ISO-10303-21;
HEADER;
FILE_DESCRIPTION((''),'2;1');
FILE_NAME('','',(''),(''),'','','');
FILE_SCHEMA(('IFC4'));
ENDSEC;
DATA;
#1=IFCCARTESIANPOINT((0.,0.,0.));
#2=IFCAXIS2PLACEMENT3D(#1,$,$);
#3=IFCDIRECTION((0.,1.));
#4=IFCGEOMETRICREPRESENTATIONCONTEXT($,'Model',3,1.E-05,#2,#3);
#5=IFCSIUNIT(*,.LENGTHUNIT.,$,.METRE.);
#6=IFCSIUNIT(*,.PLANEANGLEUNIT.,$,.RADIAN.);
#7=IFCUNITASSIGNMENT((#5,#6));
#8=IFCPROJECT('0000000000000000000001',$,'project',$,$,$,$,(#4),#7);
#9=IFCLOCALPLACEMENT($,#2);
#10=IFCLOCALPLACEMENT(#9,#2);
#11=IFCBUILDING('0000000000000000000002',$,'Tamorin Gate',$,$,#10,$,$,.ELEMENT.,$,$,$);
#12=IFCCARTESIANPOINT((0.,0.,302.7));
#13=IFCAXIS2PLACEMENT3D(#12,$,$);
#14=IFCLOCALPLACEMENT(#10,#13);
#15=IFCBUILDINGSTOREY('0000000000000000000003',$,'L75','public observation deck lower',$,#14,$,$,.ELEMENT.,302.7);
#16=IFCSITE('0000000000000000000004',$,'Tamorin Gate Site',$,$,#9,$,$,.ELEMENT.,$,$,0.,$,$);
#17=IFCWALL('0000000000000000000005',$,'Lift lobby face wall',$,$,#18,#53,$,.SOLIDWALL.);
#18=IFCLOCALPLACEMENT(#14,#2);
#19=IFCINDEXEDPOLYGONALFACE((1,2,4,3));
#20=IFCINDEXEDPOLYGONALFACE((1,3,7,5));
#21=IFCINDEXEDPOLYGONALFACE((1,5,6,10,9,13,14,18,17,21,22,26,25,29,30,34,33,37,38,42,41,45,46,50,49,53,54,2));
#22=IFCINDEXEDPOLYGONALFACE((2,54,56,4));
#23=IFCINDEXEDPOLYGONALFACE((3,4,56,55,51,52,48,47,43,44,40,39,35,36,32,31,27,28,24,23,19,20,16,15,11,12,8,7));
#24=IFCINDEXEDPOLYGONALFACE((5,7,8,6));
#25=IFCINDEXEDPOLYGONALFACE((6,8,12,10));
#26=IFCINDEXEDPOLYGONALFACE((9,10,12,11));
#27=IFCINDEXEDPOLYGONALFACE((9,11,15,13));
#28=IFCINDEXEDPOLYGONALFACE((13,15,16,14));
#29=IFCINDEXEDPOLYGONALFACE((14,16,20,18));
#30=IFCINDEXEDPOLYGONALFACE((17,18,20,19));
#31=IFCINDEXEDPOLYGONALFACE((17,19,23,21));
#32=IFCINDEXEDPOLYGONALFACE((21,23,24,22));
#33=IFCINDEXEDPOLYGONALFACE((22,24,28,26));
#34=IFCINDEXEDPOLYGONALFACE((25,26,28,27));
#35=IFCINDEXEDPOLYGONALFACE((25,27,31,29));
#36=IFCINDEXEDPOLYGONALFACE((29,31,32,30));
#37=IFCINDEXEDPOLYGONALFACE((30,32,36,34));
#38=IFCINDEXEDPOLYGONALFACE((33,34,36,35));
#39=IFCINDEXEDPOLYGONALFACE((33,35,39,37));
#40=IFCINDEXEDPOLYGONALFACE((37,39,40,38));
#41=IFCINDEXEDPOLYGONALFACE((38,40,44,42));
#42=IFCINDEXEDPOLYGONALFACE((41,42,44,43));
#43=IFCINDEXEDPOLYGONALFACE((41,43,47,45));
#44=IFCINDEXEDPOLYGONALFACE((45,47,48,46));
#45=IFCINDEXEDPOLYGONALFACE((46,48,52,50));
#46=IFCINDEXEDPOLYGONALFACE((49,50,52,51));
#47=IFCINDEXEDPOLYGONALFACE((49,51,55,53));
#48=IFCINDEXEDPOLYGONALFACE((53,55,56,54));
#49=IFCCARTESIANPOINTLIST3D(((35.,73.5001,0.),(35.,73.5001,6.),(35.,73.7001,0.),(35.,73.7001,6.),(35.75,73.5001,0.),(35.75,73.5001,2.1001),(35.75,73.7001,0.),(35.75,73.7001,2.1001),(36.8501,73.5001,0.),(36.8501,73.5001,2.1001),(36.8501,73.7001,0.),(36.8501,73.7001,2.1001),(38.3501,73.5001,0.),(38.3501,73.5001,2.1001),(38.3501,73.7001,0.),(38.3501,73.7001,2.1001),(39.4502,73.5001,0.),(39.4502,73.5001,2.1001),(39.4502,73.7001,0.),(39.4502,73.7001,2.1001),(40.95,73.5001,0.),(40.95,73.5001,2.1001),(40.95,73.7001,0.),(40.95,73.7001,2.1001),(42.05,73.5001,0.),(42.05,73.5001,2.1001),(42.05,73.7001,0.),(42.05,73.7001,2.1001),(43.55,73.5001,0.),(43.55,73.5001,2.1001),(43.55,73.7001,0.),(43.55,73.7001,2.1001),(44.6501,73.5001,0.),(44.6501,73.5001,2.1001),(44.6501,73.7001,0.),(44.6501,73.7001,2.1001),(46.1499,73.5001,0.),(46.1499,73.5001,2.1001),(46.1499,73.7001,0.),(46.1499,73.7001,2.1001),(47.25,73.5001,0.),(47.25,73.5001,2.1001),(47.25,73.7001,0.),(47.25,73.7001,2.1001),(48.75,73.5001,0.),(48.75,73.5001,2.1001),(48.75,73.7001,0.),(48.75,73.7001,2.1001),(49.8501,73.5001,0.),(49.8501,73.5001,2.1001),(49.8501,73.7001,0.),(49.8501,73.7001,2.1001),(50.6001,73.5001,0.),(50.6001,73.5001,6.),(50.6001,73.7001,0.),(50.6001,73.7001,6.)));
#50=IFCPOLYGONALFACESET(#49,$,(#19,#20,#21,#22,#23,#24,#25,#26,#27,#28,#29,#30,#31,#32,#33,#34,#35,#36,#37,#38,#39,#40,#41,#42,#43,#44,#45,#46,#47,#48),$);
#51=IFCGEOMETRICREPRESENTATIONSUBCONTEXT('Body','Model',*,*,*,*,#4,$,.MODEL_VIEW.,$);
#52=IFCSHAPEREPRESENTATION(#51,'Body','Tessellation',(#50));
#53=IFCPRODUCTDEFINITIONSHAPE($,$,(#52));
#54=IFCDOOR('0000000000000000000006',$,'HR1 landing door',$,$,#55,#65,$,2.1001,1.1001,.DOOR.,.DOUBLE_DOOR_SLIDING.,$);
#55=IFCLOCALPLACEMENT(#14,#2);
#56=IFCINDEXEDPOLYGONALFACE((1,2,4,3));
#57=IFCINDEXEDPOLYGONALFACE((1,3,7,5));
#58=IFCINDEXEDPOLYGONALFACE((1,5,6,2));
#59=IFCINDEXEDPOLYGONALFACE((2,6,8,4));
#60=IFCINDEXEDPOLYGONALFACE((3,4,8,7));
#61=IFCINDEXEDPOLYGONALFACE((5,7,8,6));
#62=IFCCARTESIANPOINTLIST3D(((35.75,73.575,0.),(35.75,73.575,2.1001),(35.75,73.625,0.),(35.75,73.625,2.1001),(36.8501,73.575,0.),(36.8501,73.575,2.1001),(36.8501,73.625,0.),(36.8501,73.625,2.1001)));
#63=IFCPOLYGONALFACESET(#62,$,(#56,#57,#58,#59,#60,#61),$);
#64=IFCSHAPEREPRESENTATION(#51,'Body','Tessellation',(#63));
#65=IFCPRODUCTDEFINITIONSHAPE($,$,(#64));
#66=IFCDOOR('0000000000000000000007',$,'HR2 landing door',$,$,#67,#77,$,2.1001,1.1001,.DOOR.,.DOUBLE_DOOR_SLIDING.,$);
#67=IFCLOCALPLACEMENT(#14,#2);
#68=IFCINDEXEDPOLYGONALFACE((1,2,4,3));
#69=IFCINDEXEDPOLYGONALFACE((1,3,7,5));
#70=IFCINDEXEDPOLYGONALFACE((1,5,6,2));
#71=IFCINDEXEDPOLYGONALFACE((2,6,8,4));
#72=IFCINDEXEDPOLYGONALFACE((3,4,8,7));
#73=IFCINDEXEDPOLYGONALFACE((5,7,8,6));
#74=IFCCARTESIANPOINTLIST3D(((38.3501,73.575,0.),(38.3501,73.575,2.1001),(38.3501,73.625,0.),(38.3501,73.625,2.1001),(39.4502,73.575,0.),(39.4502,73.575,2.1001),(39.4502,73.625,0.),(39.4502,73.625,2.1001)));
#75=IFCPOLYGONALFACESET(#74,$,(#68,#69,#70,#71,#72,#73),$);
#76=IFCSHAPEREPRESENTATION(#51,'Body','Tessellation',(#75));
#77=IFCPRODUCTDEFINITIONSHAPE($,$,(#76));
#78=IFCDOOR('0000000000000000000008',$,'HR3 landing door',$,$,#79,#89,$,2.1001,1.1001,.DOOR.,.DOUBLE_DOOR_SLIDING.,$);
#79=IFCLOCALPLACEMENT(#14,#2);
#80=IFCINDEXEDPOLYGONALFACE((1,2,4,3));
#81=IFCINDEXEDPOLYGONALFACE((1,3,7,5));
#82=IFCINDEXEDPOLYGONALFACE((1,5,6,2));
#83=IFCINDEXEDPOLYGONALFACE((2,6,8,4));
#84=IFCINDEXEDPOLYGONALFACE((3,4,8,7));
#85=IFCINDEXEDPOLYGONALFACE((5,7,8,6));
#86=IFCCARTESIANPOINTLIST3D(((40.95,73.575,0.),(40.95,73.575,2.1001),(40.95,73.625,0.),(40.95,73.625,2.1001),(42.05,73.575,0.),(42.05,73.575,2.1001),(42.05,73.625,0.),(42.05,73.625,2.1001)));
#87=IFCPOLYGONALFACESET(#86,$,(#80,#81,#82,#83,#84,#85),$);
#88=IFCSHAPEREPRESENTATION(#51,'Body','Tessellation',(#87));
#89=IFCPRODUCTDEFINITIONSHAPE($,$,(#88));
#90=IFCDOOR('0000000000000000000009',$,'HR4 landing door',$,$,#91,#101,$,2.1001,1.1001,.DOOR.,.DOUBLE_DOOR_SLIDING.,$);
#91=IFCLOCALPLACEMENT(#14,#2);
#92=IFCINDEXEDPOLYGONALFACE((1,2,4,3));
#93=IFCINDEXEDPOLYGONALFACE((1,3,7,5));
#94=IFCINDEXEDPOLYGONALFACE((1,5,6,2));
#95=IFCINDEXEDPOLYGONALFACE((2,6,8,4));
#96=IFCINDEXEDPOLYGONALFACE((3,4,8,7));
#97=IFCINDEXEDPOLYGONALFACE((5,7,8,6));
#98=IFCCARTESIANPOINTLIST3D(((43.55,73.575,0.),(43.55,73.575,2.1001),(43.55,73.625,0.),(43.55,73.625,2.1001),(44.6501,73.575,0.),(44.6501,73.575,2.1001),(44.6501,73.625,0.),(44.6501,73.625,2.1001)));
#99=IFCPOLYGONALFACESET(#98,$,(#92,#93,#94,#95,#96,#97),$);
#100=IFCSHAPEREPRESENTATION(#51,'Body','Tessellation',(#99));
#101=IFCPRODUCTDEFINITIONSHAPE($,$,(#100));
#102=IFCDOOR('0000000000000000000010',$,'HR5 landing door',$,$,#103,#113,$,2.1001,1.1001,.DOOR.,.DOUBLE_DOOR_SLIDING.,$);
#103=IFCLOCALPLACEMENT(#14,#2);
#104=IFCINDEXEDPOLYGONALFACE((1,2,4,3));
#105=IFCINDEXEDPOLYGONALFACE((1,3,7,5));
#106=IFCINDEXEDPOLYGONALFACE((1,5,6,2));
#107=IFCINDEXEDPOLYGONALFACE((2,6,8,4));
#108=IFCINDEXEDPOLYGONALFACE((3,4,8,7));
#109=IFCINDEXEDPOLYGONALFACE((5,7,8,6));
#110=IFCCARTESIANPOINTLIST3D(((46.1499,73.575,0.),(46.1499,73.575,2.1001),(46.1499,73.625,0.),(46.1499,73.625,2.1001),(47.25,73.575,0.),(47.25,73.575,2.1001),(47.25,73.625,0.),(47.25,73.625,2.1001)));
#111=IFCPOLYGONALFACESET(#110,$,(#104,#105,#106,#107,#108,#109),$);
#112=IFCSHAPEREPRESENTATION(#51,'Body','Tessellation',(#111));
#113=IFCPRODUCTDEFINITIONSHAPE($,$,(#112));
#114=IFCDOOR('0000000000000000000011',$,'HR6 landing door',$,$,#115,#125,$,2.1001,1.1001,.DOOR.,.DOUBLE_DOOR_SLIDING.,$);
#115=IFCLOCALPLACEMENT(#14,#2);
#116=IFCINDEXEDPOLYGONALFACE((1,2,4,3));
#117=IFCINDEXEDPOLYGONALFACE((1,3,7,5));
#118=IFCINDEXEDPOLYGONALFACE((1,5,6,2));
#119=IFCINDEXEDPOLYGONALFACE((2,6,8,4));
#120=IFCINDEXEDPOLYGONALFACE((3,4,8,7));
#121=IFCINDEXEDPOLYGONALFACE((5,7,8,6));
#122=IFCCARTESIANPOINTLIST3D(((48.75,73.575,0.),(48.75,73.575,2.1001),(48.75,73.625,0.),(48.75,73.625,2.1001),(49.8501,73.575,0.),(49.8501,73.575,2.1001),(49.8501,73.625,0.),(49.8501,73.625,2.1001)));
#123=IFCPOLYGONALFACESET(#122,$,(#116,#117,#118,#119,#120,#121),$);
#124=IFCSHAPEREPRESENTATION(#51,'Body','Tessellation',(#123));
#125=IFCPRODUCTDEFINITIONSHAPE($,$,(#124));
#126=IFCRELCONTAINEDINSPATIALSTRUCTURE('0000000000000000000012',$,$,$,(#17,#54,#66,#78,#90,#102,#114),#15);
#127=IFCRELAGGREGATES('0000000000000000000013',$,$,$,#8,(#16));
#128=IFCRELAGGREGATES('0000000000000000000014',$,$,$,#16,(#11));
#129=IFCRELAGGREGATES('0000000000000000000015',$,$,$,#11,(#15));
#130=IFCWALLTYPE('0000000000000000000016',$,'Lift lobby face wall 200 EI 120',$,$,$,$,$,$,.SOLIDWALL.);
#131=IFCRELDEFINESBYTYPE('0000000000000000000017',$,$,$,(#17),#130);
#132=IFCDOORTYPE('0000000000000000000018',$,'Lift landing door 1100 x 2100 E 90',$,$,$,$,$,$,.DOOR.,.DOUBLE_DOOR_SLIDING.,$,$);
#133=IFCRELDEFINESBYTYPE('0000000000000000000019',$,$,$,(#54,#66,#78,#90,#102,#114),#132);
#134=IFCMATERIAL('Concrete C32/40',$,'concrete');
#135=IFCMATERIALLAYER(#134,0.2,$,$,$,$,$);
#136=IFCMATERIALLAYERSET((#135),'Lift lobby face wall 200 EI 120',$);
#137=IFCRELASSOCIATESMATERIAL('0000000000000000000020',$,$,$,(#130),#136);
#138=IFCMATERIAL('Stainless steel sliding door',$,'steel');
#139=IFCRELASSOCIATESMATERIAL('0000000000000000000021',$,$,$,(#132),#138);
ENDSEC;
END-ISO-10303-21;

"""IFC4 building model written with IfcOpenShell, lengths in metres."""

from ifc_helpers import new_model, si_unit, direction, frame, frame_2d, origin, place, context, subcontext, project, spatial, rectangle, extrude, material, layer, layer_set, type_object, element, fill, save


model = new_model("IFC4")

# Units and contexts
model_context = context("Model", 3, precision=1e-05, world=origin(), true_north=direction((0.0, 1.0)))
body_context = subcontext(model_context, "Body", "Model", "MODEL_VIEW")
ifc_project = project(units=[si_unit("LENGTHUNIT", "METRE"), si_unit("PLANEANGLEUNIT", "RADIAN")], contexts=[model_context])

# Site, building, storey
site_placement = place(None, origin())
site = spatial("IfcSite", under=ifc_project, at=site_placement, Name="Tamorin Gate Site", CompositionType="ELEMENT", RefElevation=0.0)
building_placement = place(site_placement, origin())
building = spatial("IfcBuilding", under=site, at=building_placement, Name="Tamorin Gate", CompositionType="ELEMENT")
storey_placement = place(building_placement, frame((0.0, 0.0, 302.7)))
storey = spatial("IfcBuildingStorey", under=building, at=storey_placement, Name="L75", Description="public observation deck lower", CompositionType="ELEMENT", Elevation=302.7)

# Wall, openings, doors
ifc_material_1 = material(Name="Concrete C32/40", Category="concrete")
ifc_layer_1 = layer(ifc_material_1, 0.2)
ifc_layer_set_1 = layer_set([ifc_layer_1], Name="Lift lobby face wall 200 EI 120")
wall_type_1 = type_object("IfcWallType", Name="Lift lobby face wall 200 EI 120", PredefinedType="SOLIDWALL", material=ifc_layer_set_1)
wall_1_placement = place(storey_placement, frame((35.0, 73.6001, 0.0), z_axis=(0.0, 0.0, 1.0), x_axis=(1.0, 0.0, 0.0)))
wall_1 = element("IfcWall", 1, at=wall_1_placement, inside=storey, type_object=wall_type_1, Name="Lift lobby face wall", PredefinedType="SOLIDWALL", context=body_context, shape_type="SweptSolid", body=[
    extrude(rectangle(XDim=15.6001, YDim=0.2, at=frame_2d((7.8, 0.0))), origin(), (0.0, 0.0, 1.0), 6.0),
])
opening_1_placement = place(wall_1_placement, frame((0.75, 0.0, 0.0)))
opening_1 = element("IfcOpeningElement", 2, at=opening_1_placement, cuts=wall_1, PredefinedType="OPENING", context=body_context, shape_type="SweptSolid", body=[
    extrude(rectangle(XDim=1.1001, YDim=2.1001, at=frame_2d((0.55, 1.05))), frame((0.0, 0.1099, 0.0), z_axis=(0.0, -1.0, 0.0), x_axis=(1.0, 0.0, 0.0)), (0.0, 0.0, 1.0), 0.22),
])
opening_2_placement = place(wall_1_placement, frame((3.3501, 0.0, 0.0)))
opening_2 = element("IfcOpeningElement", 3, at=opening_2_placement, cuts=wall_1, PredefinedType="OPENING", context=body_context, shape_type="SweptSolid", body=[
    extrude(rectangle(XDim=1.1001, YDim=2.1001, at=frame_2d((0.55, 1.05))), frame((0.0, 0.1099, 0.0), z_axis=(0.0, -1.0, 0.0), x_axis=(1.0, 0.0, 0.0)), (0.0, 0.0, 1.0), 0.22),
])
opening_3_placement = place(wall_1_placement, frame((5.95, 0.0, 0.0)))
opening_3 = element("IfcOpeningElement", 4, at=opening_3_placement, cuts=wall_1, PredefinedType="OPENING", context=body_context, shape_type="SweptSolid", body=[
    extrude(rectangle(XDim=1.1001, YDim=2.1001, at=frame_2d((0.55, 1.05))), frame((0.0, 0.1099, 0.0), z_axis=(0.0, -1.0, 0.0), x_axis=(1.0, 0.0, 0.0)), (0.0, 0.0, 1.0), 0.22),
])
opening_4_placement = place(wall_1_placement, frame((8.55, 0.0, 0.0)))
opening_4 = element("IfcOpeningElement", 5, at=opening_4_placement, cuts=wall_1, PredefinedType="OPENING", context=body_context, shape_type="SweptSolid", body=[
    extrude(rectangle(XDim=1.1001, YDim=2.1001, at=frame_2d((0.55, 1.05))), frame((0.0, 0.1099, 0.0), z_axis=(0.0, -1.0, 0.0), x_axis=(1.0, 0.0, 0.0)), (0.0, 0.0, 1.0), 0.22),
])
opening_5_placement = place(wall_1_placement, frame((11.1499, 0.0, 0.0)))
opening_5 = element("IfcOpeningElement", 6, at=opening_5_placement, cuts=wall_1, PredefinedType="OPENING", context=body_context, shape_type="SweptSolid", body=[
    extrude(rectangle(XDim=1.1001, YDim=2.1001, at=frame_2d((0.55, 1.05))), frame((0.0, 0.1099, 0.0), z_axis=(0.0, -1.0, 0.0), x_axis=(1.0, 0.0, 0.0)), (0.0, 0.0, 1.0), 0.22),
])
opening_6_placement = place(wall_1_placement, frame((13.75, 0.0, 0.0)))
opening_6 = element("IfcOpeningElement", 7, at=opening_6_placement, cuts=wall_1, PredefinedType="OPENING", context=body_context, shape_type="SweptSolid", body=[
    extrude(rectangle(XDim=1.1001, YDim=2.1001, at=frame_2d((0.55, 1.05))), frame((0.0, 0.1099, 0.0), z_axis=(0.0, -1.0, 0.0), x_axis=(1.0, 0.0, 0.0)), (0.0, 0.0, 1.0), 0.22),
])
ifc_material_2 = material(Name="Stainless steel sliding door", Category="steel")
door_type_1 = type_object("IfcDoorType", Name="Lift landing door 1100 x 2100 E 90", OperationType="DOUBLE_DOOR_SLIDING", PredefinedType="DOOR", material=ifc_material_2)
door_1_placement = place(opening_1_placement, origin())
door_1 = element("IfcDoor", 8, at=door_1_placement, inside=storey, type_object=door_type_1, Name="HR1 landing door", OperationType="DOUBLE_DOOR_SLIDING", OverallHeight=2.1001, OverallWidth=1.1001, PredefinedType="DOOR", context=body_context, shape_type="SweptSolid", body=[
    extrude(rectangle(XDim=1.1001, YDim=2.1001, at=frame_2d((0.55, 1.05))), frame((0.0, 0.0249, 0.0), z_axis=(0.0, -1.0, 0.0), x_axis=(1.0, 0.0, 0.0)), (0.0, 0.0, 1.0), 0.05),
])
fill(opening_1, door_1)
door_2_placement = place(opening_2_placement, origin())
door_2 = element("IfcDoor", 9, at=door_2_placement, inside=storey, type_object=door_type_1, Name="HR2 landing door", OperationType="DOUBLE_DOOR_SLIDING", OverallHeight=2.1001, OverallWidth=1.1001, PredefinedType="DOOR", context=body_context, shape_type="SweptSolid", body=[
    extrude(rectangle(XDim=1.1001, YDim=2.1001, at=frame_2d((0.55, 1.05))), frame((0.0, 0.0249, 0.0), z_axis=(0.0, -1.0, 0.0), x_axis=(1.0, 0.0, 0.0)), (0.0, 0.0, 1.0), 0.05),
])
fill(opening_2, door_2)
door_3_placement = place(opening_3_placement, origin())
door_3 = element("IfcDoor", 10, at=door_3_placement, inside=storey, type_object=door_type_1, Name="HR3 landing door", OperationType="DOUBLE_DOOR_SLIDING", OverallHeight=2.1001, OverallWidth=1.1001, PredefinedType="DOOR", context=body_context, shape_type="SweptSolid", body=[
    extrude(rectangle(XDim=1.1001, YDim=2.1001, at=frame_2d((0.55, 1.05))), frame((0.0, 0.0249, 0.0), z_axis=(0.0, -1.0, 0.0), x_axis=(1.0, 0.0, 0.0)), (0.0, 0.0, 1.0), 0.05),
])
fill(opening_3, door_3)
door_4_placement = place(opening_4_placement, origin())
door_4 = element("IfcDoor", 11, at=door_4_placement, inside=storey, type_object=door_type_1, Name="HR4 landing door", OperationType="DOUBLE_DOOR_SLIDING", OverallHeight=2.1001, OverallWidth=1.1001, PredefinedType="DOOR", context=body_context, shape_type="SweptSolid", body=[
    extrude(rectangle(XDim=1.1001, YDim=2.1001, at=frame_2d((0.55, 1.05))), frame((0.0, 0.0249, 0.0), z_axis=(0.0, -1.0, 0.0), x_axis=(1.0, 0.0, 0.0)), (0.0, 0.0, 1.0), 0.05),
])
fill(opening_4, door_4)
door_5_placement = place(opening_5_placement, origin())
door_5 = element("IfcDoor", 12, at=door_5_placement, inside=storey, type_object=door_type_1, Name="HR5 landing door", OperationType="DOUBLE_DOOR_SLIDING", OverallHeight=2.1001, OverallWidth=1.1001, PredefinedType="DOOR", context=body_context, shape_type="SweptSolid", body=[
    extrude(rectangle(XDim=1.1001, YDim=2.1001, at=frame_2d((0.55, 1.05))), frame((0.0, 0.0249, 0.0), z_axis=(0.0, -1.0, 0.0), x_axis=(1.0, 0.0, 0.0)), (0.0, 0.0, 1.0), 0.05),
])
fill(opening_5, door_5)
door_6_placement = place(opening_6_placement, origin())
door_6 = element("IfcDoor", 13, at=door_6_placement, inside=storey, type_object=door_type_1, Name="HR6 landing door", OperationType="DOUBLE_DOOR_SLIDING", OverallHeight=2.1001, OverallWidth=1.1001, PredefinedType="DOOR", context=body_context, shape_type="SweptSolid", body=[
    extrude(rectangle(XDim=1.1001, YDim=2.1001, at=frame_2d((0.55, 1.05))), frame((0.0, 0.0249, 0.0), z_axis=(0.0, -1.0, 0.0), x_axis=(1.0, 0.0, 0.0)), (0.0, 0.0, 1.0), 0.05),
])
fill(opening_6, door_6)

save(model, "model.ifc")
